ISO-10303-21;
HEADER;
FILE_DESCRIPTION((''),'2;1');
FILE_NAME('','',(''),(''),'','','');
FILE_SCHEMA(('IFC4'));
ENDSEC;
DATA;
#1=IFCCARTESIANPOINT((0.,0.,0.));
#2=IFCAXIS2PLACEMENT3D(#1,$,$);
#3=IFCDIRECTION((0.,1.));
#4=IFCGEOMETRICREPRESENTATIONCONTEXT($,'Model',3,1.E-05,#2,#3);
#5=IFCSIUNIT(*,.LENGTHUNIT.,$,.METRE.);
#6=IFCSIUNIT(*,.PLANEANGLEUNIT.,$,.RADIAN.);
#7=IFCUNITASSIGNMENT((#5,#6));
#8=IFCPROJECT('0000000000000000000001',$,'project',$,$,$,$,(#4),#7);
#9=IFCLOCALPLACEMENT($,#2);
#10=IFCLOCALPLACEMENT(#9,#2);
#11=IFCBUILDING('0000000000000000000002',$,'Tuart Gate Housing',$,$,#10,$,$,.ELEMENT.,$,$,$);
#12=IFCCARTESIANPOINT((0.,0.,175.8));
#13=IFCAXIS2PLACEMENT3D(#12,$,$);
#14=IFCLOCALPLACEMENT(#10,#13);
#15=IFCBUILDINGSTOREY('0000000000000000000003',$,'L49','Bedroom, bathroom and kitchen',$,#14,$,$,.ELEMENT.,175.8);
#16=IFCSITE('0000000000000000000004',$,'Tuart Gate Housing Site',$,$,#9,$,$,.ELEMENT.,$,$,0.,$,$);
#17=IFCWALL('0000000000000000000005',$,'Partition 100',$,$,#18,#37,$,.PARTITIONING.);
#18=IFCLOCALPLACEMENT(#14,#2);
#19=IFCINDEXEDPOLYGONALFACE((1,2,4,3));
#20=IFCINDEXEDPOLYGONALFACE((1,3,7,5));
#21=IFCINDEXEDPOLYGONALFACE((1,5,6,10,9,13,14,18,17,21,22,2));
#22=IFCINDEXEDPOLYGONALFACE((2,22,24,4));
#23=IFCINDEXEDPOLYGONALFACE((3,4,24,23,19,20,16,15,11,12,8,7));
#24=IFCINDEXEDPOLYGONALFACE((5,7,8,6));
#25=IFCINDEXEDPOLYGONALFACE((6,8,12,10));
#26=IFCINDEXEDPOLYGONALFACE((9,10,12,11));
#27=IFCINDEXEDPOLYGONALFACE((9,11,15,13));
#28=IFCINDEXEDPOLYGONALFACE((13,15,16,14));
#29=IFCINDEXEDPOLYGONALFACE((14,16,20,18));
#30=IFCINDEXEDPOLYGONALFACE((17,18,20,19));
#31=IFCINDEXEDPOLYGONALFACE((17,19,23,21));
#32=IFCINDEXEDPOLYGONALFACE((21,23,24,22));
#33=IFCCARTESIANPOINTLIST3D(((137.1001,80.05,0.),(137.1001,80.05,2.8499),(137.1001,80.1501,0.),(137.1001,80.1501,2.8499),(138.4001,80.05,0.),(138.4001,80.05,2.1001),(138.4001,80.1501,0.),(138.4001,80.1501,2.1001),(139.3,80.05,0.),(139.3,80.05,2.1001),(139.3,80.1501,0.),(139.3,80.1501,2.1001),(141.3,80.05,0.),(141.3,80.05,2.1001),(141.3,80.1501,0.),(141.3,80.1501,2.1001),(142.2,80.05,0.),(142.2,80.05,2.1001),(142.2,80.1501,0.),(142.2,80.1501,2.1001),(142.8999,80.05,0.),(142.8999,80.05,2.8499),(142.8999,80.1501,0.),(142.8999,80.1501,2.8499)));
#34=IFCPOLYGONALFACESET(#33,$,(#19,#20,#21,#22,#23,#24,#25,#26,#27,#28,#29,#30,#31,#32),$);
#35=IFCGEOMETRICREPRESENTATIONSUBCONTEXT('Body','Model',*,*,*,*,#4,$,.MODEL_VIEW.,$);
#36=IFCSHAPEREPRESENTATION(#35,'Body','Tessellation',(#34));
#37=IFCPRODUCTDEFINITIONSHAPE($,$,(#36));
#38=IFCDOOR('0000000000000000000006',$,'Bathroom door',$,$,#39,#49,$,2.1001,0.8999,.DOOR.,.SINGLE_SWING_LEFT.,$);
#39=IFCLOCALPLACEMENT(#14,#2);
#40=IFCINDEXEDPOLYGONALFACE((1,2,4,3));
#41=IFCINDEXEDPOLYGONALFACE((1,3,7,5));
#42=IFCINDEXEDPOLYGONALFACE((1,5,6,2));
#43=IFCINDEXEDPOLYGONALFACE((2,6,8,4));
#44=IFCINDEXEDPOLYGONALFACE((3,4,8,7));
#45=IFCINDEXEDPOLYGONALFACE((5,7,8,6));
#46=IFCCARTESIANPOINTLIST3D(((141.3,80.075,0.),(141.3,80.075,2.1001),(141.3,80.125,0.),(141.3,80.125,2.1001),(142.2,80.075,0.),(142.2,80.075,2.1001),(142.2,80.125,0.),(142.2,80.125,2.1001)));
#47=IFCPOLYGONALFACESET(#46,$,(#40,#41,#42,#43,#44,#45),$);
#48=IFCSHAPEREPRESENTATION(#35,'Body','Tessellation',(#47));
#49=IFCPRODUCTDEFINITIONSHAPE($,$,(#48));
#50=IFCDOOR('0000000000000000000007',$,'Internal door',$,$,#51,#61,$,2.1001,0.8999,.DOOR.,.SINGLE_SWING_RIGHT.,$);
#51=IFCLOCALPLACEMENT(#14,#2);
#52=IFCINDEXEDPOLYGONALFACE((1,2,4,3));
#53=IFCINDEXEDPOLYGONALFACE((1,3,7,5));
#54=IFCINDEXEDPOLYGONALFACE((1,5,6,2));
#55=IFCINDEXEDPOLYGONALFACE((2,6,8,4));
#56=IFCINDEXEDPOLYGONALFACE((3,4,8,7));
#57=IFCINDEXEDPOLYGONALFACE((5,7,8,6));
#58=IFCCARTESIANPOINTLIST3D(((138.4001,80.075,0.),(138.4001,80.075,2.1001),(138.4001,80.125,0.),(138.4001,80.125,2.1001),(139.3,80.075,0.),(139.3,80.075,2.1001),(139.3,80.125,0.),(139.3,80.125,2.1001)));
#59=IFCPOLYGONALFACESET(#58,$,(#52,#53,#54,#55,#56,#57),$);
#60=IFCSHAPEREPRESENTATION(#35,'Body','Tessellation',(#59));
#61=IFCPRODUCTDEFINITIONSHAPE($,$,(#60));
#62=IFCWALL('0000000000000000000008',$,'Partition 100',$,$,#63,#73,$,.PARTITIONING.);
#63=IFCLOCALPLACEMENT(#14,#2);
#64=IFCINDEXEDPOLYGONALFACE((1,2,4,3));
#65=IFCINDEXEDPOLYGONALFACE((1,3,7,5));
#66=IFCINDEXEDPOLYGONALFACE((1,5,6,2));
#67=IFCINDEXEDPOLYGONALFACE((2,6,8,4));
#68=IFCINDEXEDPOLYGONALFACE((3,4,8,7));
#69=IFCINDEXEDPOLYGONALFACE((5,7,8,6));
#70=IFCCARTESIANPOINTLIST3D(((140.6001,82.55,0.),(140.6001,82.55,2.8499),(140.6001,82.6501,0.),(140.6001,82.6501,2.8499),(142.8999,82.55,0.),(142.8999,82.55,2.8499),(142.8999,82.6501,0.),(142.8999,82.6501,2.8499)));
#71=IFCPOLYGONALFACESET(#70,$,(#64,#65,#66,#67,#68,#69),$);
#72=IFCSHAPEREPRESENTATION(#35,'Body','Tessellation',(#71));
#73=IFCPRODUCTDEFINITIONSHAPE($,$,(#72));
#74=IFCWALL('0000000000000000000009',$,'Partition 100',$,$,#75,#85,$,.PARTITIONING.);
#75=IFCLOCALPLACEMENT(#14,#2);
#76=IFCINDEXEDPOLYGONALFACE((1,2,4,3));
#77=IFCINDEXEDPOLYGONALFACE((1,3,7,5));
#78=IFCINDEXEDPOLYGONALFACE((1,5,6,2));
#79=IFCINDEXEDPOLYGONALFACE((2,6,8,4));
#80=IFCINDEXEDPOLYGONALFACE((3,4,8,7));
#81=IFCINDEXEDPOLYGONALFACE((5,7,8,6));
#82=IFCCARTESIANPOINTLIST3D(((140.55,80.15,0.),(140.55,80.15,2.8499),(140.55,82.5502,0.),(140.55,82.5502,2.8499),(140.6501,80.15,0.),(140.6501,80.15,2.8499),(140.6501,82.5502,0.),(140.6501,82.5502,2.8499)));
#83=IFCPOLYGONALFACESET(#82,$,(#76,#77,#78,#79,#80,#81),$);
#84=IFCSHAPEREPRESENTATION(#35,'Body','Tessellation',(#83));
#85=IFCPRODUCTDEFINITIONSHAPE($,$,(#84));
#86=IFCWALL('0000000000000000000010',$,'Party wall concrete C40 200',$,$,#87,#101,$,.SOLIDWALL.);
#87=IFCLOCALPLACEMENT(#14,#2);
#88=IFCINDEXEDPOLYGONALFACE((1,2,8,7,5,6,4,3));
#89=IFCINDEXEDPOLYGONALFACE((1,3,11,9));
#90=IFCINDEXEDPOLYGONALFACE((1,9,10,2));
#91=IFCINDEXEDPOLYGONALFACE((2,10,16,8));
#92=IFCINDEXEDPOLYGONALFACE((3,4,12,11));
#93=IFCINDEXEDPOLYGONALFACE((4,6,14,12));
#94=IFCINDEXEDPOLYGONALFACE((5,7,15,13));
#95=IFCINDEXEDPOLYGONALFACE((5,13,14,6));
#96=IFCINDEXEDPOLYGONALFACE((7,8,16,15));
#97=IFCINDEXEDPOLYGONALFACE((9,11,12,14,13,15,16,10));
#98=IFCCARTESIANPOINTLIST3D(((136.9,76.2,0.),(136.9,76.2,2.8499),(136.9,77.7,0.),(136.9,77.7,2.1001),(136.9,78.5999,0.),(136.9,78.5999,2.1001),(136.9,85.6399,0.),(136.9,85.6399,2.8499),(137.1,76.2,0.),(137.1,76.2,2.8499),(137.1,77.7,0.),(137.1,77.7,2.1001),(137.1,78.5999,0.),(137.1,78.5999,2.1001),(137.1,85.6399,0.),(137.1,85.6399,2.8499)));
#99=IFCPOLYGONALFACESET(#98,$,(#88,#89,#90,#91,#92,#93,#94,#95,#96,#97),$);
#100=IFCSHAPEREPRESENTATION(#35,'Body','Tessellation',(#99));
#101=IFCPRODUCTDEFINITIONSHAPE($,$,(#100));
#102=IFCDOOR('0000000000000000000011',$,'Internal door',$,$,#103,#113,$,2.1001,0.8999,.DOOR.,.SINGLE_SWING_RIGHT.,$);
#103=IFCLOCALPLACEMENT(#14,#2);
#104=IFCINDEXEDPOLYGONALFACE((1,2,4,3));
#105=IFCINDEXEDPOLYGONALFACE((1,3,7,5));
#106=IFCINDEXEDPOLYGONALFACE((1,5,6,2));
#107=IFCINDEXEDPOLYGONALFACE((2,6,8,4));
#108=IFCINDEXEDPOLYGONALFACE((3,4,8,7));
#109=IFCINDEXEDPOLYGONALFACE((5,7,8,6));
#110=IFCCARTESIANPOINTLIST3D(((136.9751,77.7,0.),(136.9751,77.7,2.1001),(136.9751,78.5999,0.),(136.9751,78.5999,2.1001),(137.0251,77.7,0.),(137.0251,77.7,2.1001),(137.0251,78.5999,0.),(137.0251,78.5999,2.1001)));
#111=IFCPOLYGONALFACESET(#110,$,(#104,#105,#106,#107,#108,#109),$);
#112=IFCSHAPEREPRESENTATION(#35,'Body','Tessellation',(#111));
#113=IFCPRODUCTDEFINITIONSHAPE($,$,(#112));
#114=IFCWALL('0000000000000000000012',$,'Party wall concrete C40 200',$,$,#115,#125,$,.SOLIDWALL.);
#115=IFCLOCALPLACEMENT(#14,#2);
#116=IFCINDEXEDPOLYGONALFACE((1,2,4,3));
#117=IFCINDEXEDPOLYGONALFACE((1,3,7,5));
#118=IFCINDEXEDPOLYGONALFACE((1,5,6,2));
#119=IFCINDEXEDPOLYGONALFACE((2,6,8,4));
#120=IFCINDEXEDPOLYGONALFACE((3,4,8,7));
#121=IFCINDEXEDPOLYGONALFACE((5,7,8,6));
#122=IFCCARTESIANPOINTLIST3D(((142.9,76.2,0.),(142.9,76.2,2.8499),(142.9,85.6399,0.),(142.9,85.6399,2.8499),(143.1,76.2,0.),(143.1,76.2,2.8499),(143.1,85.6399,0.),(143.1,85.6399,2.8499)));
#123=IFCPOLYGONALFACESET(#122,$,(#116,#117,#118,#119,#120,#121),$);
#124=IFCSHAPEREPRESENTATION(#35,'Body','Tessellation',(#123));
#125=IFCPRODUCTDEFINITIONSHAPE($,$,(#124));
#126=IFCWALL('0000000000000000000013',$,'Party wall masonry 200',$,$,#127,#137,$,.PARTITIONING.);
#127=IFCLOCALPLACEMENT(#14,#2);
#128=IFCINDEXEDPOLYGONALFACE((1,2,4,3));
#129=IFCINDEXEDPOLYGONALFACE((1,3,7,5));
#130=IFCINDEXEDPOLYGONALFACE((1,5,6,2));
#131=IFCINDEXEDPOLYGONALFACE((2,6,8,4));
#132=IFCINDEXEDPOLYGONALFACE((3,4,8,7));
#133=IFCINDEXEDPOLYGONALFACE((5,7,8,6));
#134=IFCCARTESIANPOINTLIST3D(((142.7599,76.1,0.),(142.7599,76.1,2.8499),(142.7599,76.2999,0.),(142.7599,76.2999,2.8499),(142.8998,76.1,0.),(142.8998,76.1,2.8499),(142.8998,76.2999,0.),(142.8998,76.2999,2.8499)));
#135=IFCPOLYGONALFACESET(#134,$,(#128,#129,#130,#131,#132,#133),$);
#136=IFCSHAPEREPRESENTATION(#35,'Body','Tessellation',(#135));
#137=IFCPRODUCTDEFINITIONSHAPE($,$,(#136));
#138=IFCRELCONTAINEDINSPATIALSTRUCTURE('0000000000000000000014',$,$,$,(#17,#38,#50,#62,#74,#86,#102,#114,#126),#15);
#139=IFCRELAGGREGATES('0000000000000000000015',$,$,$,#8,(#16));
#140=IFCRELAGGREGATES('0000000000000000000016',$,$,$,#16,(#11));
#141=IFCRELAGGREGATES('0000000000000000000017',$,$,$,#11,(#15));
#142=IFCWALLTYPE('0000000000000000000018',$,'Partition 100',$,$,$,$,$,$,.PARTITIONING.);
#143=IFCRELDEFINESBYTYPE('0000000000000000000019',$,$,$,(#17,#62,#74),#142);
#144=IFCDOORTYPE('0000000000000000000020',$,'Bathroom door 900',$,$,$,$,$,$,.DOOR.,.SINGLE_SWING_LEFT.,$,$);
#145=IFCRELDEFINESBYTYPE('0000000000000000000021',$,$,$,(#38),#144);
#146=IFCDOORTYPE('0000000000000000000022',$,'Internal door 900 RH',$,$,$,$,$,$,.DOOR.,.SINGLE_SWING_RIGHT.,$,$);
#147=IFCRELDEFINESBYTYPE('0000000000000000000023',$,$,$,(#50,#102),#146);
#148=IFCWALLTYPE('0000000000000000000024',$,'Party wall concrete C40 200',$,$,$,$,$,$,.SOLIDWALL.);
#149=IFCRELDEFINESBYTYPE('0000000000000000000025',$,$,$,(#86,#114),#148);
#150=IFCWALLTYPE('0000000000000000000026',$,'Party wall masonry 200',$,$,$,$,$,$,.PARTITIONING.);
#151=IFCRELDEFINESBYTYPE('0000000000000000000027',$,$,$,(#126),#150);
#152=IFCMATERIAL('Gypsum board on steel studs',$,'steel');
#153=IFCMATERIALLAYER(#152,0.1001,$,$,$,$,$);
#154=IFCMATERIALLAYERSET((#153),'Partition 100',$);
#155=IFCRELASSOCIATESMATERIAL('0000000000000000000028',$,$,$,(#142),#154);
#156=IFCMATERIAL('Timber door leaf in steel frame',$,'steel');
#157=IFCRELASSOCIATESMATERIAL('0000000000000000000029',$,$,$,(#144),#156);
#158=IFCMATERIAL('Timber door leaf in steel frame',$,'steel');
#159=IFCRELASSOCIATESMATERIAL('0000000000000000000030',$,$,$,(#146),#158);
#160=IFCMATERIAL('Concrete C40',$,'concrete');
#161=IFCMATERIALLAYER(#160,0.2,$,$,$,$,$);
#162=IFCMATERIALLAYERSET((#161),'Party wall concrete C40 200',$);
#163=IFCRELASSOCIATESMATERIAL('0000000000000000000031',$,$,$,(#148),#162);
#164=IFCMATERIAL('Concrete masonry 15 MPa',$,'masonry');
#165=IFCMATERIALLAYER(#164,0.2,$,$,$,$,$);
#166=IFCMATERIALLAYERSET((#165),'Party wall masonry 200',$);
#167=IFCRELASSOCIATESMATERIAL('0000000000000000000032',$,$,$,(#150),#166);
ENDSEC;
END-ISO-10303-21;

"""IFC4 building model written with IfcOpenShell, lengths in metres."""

from ifc_helpers import new_model, si_unit, direction, frame, frame_2d, origin, place, context, subcontext, project, spatial, rectangle, extrude, material, layer, layer_set, type_object, element, fill, save


model = new_model("IFC4")

# Units and contexts
model_context = context("Model", 3, precision=1e-05, world=origin(), true_north=direction((0.0, 1.0)))
body_context = subcontext(model_context, "Body", "Model", "MODEL_VIEW")
ifc_project = project(units=[si_unit("LENGTHUNIT", "METRE"), si_unit("PLANEANGLEUNIT", "RADIAN")], contexts=[model_context])

# Site, building, storey
site_placement = place(None, origin())
site = spatial("IfcSite", under=ifc_project, at=site_placement, Name="Tuart Gate Housing Site", CompositionType="ELEMENT", RefElevation=0.0)
building_placement = place(site_placement, origin())
building = spatial("IfcBuilding", under=site, at=building_placement, Name="Tuart Gate Housing", CompositionType="ELEMENT")
storey_placement = place(building_placement, frame((0.0, 0.0, 175.8)))
storey = spatial("IfcBuildingStorey", under=building, at=storey_placement, Name="L49", Description="Bedroom, bathroom and kitchen", CompositionType="ELEMENT", Elevation=175.8)

# Shared definitions
ifc_material_1 = material(Name="Gypsum board on steel studs", Category="steel")
ifc_layer_1 = layer(ifc_material_1, 0.1001)
ifc_layer_set_1 = layer_set([ifc_layer_1], Name="Partition 100")
wall_type_1 = type_object("IfcWallType", Name="Partition 100", PredefinedType="PARTITIONING", material=ifc_layer_set_1)

# Wall, openings, doors
wall_1_placement = place(storey_placement, frame((137.1001, 80.1001, 0.0), z_axis=(0.0, 0.0, 1.0), x_axis=(1.0, 0.0, 0.0)))
wall_1 = element("IfcWall", 1, at=wall_1_placement, inside=storey, type_object=wall_type_1, Name="Partition 100", PredefinedType="PARTITIONING", context=body_context, shape_type="SweptSolid", body=[
    extrude(rectangle(XDim=5.7998, YDim=0.1001, at=frame_2d((2.8999, 0.0))), origin(), (0.0, 0.0, 1.0), 2.8499),
])
opening_1_placement = place(wall_1_placement, frame((1.3, 0.0, 0.0)))
opening_1 = element("IfcOpeningElement", 2, at=opening_1_placement, cuts=wall_1, PredefinedType="OPENING", context=body_context, shape_type="SweptSolid", body=[
    extrude(rectangle(XDim=0.8999, YDim=2.1001, at=frame_2d((0.45, 1.05))), frame((0.0, 0.0601, 0.0), z_axis=(0.0, -1.0, 0.0), x_axis=(1.0, 0.0, 0.0)), (0.0, 0.0, 1.0), 0.1201),
])
opening_2_placement = place(wall_1_placement, frame((4.2, 0.0, 0.0)))
opening_2 = element("IfcOpeningElement", 3, at=opening_2_placement, cuts=wall_1, PredefinedType="OPENING", context=body_context, shape_type="SweptSolid", body=[
    extrude(rectangle(XDim=0.8999, YDim=2.1001, at=frame_2d((0.45, 1.05))), frame((0.0, 0.0601, 0.0), z_axis=(0.0, -1.0, 0.0), x_axis=(1.0, 0.0, 0.0)), (0.0, 0.0, 1.0), 0.1201),
])
ifc_material_2 = material(Name="Timber door leaf in steel frame", Category="steel")
door_type_1 = type_object("IfcDoorType", Name="Bathroom door 900", OperationType="SINGLE_SWING_LEFT", PredefinedType="DOOR", material=ifc_material_2)
door_1_placement = place(opening_2_placement, origin())
door_1 = element("IfcDoor", 4, at=door_1_placement, inside=storey, type_object=door_type_1, Name="Bathroom door", OperationType="SINGLE_SWING_LEFT", OverallHeight=2.1001, OverallWidth=0.8999, PredefinedType="DOOR", context=body_context, shape_type="SweptSolid", body=[
    extrude(rectangle(XDim=0.8999, YDim=2.1001, at=frame_2d((0.45, 1.05))), frame((0.0, 0.0249, 0.0), z_axis=(0.0, -1.0, 0.0), x_axis=(1.0, 0.0, 0.0)), (0.0, 0.0, 1.0), 0.05),
])
fill(opening_2, door_1)
ifc_material_3 = material(Name="Timber door leaf in steel frame", Category="steel")
door_type_2 = type_object("IfcDoorType", Name="Internal door 900 RH", OperationType="SINGLE_SWING_RIGHT", PredefinedType="DOOR", material=ifc_material_3)
door_2_placement = place(opening_1_placement, origin())
door_2 = element("IfcDoor", 5, at=door_2_placement, inside=storey, type_object=door_type_2, Name="Internal door", OperationType="SINGLE_SWING_RIGHT", OverallHeight=2.1001, OverallWidth=0.8999, PredefinedType="DOOR", context=body_context, shape_type="SweptSolid", body=[
    extrude(rectangle(XDim=0.8999, YDim=2.1001, at=frame_2d((0.45, 1.05))), frame((0.0, 0.0249, 0.0), z_axis=(0.0, -1.0, 0.0), x_axis=(1.0, 0.0, 0.0)), (0.0, 0.0, 1.0), 0.05),
])
fill(opening_1, door_2)

# Walls
wall_2_placement = place(storey_placement, frame((140.6001, 82.6001, 0.0), z_axis=(0.0, 0.0, 1.0), x_axis=(1.0, 0.0, 0.0)))
element("IfcWall", 6, at=wall_2_placement, inside=storey, type_object=wall_type_1, Name="Partition 100", PredefinedType="PARTITIONING", context=body_context, shape_type="SweptSolid", body=[
    extrude(rectangle(XDim=2.2998, YDim=0.1001, at=frame_2d((1.1499, 0.0))), origin(), (0.0, 0.0, 1.0), 2.8499),
])
wall_3_placement = place(storey_placement, frame((140.6001, 80.1499, 0.0), z_axis=(0.0, 0.0, 1.0), x_axis=(0.0, 1.0, 0.0)))
element("IfcWall", 7, at=wall_3_placement, inside=storey, type_object=wall_type_1, Name="Partition 100", PredefinedType="PARTITIONING", context=body_context, shape_type="SweptSolid", body=[
    extrude(rectangle(XDim=2.4001, YDim=0.1001, at=frame_2d((1.2002, 0.0))), origin(), (0.0, 0.0, 1.0), 2.8499),
])

# Wall, opening, door
ifc_material_4 = material(Name="Concrete C40", Category="concrete")
ifc_layer_2 = layer(ifc_material_4, 0.2)
ifc_layer_set_2 = layer_set([ifc_layer_2], Name="Party wall concrete C40 200")
wall_type_2 = type_object("IfcWallType", Name="Party wall concrete C40 200", PredefinedType="SOLIDWALL", material=ifc_layer_set_2)
wall_4_placement = place(storey_placement, frame((137.0, 76.2, 0.0), z_axis=(0.0, 0.0, 1.0), x_axis=(0.0, 1.0, 0.0)))
wall_4 = element("IfcWall", 8, at=wall_4_placement, inside=storey, type_object=wall_type_2, Name="Party wall concrete C40 200", PredefinedType="SOLIDWALL", context=body_context, shape_type="SweptSolid", body=[
    extrude(rectangle(XDim=9.4399, YDim=0.2, at=frame_2d((4.72, 0.0))), origin(), (0.0, 0.0, 1.0), 2.8499),
])
opening_3_placement = place(wall_4_placement, frame((1.5, 0.0, 0.0)))
opening_3 = element("IfcOpeningElement", 9, at=opening_3_placement, cuts=wall_4, PredefinedType="OPENING", context=body_context, shape_type="SweptSolid", body=[
    extrude(rectangle(XDim=0.8999, YDim=2.1001, at=frame_2d((0.45, 1.05))), frame((0.0, 0.1099, 0.0), z_axis=(0.0, -1.0, 0.0), x_axis=(1.0, 0.0, 0.0)), (0.0, 0.0, 1.0), 0.22),
])
door_3_placement = place(opening_3_placement, frame((0.8999, 0.0, 0.0), z_axis=(0.0, 0.0, 1.0), x_axis=(-1.0, 0.0, 0.0)))
door_3 = element("IfcDoor", 10, at=door_3_placement, inside=storey, type_object=door_type_2, Name="Internal door", OperationType="SINGLE_SWING_RIGHT", OverallHeight=2.1001, OverallWidth=0.8999, PredefinedType="DOOR", context=body_context, shape_type="SweptSolid", body=[
    extrude(rectangle(XDim=0.8999, YDim=2.1001, at=frame_2d((0.45, 1.05))), frame((0.0, 0.0251, 0.0), z_axis=(0.0, -1.0, 0.0), x_axis=(1.0, 0.0, 0.0)), (0.0, 0.0, 1.0), 0.05),
])
fill(opening_3, door_3)

# Walls
wall_5_placement = place(storey_placement, frame((143.0, 76.2, 0.0), z_axis=(0.0, 0.0, 1.0), x_axis=(0.0, 1.0, 0.0)))
element("IfcWall", 11, at=wall_5_placement, inside=storey, type_object=wall_type_2, Name="Party wall concrete C40 200", PredefinedType="SOLIDWALL", context=body_context, shape_type="SweptSolid", body=[
    extrude(rectangle(XDim=9.4399, YDim=0.2, at=frame_2d((4.72, 0.0))), origin(), (0.0, 0.0, 1.0), 2.8499),
])
ifc_material_5 = material(Name="Concrete masonry 15 MPa", Category="masonry")
ifc_layer_3 = layer(ifc_material_5, 0.2)
ifc_layer_set_3 = layer_set([ifc_layer_3], Name="Party wall masonry 200")
wall_type_3 = type_object("IfcWallType", Name="Party wall masonry 200", PredefinedType="PARTITIONING", material=ifc_layer_set_3)
wall_6_placement = place(storey_placement, frame((142.76, 76.2, 0.0), z_axis=(0.0, 0.0, 1.0), x_axis=(1.0, 0.0, 0.0)))
element("IfcWall", 12, at=wall_6_placement, inside=storey, type_object=wall_type_3, Name="Party wall masonry 200", PredefinedType="PARTITIONING", context=body_context, shape_type="SweptSolid", body=[
    extrude(rectangle(XDim=0.1399, YDim=0.2, at=frame_2d((0.0698, 0.0))), origin(), (0.0, 0.0, 1.0), 2.8499),
])

save(model, "model.ifc")
